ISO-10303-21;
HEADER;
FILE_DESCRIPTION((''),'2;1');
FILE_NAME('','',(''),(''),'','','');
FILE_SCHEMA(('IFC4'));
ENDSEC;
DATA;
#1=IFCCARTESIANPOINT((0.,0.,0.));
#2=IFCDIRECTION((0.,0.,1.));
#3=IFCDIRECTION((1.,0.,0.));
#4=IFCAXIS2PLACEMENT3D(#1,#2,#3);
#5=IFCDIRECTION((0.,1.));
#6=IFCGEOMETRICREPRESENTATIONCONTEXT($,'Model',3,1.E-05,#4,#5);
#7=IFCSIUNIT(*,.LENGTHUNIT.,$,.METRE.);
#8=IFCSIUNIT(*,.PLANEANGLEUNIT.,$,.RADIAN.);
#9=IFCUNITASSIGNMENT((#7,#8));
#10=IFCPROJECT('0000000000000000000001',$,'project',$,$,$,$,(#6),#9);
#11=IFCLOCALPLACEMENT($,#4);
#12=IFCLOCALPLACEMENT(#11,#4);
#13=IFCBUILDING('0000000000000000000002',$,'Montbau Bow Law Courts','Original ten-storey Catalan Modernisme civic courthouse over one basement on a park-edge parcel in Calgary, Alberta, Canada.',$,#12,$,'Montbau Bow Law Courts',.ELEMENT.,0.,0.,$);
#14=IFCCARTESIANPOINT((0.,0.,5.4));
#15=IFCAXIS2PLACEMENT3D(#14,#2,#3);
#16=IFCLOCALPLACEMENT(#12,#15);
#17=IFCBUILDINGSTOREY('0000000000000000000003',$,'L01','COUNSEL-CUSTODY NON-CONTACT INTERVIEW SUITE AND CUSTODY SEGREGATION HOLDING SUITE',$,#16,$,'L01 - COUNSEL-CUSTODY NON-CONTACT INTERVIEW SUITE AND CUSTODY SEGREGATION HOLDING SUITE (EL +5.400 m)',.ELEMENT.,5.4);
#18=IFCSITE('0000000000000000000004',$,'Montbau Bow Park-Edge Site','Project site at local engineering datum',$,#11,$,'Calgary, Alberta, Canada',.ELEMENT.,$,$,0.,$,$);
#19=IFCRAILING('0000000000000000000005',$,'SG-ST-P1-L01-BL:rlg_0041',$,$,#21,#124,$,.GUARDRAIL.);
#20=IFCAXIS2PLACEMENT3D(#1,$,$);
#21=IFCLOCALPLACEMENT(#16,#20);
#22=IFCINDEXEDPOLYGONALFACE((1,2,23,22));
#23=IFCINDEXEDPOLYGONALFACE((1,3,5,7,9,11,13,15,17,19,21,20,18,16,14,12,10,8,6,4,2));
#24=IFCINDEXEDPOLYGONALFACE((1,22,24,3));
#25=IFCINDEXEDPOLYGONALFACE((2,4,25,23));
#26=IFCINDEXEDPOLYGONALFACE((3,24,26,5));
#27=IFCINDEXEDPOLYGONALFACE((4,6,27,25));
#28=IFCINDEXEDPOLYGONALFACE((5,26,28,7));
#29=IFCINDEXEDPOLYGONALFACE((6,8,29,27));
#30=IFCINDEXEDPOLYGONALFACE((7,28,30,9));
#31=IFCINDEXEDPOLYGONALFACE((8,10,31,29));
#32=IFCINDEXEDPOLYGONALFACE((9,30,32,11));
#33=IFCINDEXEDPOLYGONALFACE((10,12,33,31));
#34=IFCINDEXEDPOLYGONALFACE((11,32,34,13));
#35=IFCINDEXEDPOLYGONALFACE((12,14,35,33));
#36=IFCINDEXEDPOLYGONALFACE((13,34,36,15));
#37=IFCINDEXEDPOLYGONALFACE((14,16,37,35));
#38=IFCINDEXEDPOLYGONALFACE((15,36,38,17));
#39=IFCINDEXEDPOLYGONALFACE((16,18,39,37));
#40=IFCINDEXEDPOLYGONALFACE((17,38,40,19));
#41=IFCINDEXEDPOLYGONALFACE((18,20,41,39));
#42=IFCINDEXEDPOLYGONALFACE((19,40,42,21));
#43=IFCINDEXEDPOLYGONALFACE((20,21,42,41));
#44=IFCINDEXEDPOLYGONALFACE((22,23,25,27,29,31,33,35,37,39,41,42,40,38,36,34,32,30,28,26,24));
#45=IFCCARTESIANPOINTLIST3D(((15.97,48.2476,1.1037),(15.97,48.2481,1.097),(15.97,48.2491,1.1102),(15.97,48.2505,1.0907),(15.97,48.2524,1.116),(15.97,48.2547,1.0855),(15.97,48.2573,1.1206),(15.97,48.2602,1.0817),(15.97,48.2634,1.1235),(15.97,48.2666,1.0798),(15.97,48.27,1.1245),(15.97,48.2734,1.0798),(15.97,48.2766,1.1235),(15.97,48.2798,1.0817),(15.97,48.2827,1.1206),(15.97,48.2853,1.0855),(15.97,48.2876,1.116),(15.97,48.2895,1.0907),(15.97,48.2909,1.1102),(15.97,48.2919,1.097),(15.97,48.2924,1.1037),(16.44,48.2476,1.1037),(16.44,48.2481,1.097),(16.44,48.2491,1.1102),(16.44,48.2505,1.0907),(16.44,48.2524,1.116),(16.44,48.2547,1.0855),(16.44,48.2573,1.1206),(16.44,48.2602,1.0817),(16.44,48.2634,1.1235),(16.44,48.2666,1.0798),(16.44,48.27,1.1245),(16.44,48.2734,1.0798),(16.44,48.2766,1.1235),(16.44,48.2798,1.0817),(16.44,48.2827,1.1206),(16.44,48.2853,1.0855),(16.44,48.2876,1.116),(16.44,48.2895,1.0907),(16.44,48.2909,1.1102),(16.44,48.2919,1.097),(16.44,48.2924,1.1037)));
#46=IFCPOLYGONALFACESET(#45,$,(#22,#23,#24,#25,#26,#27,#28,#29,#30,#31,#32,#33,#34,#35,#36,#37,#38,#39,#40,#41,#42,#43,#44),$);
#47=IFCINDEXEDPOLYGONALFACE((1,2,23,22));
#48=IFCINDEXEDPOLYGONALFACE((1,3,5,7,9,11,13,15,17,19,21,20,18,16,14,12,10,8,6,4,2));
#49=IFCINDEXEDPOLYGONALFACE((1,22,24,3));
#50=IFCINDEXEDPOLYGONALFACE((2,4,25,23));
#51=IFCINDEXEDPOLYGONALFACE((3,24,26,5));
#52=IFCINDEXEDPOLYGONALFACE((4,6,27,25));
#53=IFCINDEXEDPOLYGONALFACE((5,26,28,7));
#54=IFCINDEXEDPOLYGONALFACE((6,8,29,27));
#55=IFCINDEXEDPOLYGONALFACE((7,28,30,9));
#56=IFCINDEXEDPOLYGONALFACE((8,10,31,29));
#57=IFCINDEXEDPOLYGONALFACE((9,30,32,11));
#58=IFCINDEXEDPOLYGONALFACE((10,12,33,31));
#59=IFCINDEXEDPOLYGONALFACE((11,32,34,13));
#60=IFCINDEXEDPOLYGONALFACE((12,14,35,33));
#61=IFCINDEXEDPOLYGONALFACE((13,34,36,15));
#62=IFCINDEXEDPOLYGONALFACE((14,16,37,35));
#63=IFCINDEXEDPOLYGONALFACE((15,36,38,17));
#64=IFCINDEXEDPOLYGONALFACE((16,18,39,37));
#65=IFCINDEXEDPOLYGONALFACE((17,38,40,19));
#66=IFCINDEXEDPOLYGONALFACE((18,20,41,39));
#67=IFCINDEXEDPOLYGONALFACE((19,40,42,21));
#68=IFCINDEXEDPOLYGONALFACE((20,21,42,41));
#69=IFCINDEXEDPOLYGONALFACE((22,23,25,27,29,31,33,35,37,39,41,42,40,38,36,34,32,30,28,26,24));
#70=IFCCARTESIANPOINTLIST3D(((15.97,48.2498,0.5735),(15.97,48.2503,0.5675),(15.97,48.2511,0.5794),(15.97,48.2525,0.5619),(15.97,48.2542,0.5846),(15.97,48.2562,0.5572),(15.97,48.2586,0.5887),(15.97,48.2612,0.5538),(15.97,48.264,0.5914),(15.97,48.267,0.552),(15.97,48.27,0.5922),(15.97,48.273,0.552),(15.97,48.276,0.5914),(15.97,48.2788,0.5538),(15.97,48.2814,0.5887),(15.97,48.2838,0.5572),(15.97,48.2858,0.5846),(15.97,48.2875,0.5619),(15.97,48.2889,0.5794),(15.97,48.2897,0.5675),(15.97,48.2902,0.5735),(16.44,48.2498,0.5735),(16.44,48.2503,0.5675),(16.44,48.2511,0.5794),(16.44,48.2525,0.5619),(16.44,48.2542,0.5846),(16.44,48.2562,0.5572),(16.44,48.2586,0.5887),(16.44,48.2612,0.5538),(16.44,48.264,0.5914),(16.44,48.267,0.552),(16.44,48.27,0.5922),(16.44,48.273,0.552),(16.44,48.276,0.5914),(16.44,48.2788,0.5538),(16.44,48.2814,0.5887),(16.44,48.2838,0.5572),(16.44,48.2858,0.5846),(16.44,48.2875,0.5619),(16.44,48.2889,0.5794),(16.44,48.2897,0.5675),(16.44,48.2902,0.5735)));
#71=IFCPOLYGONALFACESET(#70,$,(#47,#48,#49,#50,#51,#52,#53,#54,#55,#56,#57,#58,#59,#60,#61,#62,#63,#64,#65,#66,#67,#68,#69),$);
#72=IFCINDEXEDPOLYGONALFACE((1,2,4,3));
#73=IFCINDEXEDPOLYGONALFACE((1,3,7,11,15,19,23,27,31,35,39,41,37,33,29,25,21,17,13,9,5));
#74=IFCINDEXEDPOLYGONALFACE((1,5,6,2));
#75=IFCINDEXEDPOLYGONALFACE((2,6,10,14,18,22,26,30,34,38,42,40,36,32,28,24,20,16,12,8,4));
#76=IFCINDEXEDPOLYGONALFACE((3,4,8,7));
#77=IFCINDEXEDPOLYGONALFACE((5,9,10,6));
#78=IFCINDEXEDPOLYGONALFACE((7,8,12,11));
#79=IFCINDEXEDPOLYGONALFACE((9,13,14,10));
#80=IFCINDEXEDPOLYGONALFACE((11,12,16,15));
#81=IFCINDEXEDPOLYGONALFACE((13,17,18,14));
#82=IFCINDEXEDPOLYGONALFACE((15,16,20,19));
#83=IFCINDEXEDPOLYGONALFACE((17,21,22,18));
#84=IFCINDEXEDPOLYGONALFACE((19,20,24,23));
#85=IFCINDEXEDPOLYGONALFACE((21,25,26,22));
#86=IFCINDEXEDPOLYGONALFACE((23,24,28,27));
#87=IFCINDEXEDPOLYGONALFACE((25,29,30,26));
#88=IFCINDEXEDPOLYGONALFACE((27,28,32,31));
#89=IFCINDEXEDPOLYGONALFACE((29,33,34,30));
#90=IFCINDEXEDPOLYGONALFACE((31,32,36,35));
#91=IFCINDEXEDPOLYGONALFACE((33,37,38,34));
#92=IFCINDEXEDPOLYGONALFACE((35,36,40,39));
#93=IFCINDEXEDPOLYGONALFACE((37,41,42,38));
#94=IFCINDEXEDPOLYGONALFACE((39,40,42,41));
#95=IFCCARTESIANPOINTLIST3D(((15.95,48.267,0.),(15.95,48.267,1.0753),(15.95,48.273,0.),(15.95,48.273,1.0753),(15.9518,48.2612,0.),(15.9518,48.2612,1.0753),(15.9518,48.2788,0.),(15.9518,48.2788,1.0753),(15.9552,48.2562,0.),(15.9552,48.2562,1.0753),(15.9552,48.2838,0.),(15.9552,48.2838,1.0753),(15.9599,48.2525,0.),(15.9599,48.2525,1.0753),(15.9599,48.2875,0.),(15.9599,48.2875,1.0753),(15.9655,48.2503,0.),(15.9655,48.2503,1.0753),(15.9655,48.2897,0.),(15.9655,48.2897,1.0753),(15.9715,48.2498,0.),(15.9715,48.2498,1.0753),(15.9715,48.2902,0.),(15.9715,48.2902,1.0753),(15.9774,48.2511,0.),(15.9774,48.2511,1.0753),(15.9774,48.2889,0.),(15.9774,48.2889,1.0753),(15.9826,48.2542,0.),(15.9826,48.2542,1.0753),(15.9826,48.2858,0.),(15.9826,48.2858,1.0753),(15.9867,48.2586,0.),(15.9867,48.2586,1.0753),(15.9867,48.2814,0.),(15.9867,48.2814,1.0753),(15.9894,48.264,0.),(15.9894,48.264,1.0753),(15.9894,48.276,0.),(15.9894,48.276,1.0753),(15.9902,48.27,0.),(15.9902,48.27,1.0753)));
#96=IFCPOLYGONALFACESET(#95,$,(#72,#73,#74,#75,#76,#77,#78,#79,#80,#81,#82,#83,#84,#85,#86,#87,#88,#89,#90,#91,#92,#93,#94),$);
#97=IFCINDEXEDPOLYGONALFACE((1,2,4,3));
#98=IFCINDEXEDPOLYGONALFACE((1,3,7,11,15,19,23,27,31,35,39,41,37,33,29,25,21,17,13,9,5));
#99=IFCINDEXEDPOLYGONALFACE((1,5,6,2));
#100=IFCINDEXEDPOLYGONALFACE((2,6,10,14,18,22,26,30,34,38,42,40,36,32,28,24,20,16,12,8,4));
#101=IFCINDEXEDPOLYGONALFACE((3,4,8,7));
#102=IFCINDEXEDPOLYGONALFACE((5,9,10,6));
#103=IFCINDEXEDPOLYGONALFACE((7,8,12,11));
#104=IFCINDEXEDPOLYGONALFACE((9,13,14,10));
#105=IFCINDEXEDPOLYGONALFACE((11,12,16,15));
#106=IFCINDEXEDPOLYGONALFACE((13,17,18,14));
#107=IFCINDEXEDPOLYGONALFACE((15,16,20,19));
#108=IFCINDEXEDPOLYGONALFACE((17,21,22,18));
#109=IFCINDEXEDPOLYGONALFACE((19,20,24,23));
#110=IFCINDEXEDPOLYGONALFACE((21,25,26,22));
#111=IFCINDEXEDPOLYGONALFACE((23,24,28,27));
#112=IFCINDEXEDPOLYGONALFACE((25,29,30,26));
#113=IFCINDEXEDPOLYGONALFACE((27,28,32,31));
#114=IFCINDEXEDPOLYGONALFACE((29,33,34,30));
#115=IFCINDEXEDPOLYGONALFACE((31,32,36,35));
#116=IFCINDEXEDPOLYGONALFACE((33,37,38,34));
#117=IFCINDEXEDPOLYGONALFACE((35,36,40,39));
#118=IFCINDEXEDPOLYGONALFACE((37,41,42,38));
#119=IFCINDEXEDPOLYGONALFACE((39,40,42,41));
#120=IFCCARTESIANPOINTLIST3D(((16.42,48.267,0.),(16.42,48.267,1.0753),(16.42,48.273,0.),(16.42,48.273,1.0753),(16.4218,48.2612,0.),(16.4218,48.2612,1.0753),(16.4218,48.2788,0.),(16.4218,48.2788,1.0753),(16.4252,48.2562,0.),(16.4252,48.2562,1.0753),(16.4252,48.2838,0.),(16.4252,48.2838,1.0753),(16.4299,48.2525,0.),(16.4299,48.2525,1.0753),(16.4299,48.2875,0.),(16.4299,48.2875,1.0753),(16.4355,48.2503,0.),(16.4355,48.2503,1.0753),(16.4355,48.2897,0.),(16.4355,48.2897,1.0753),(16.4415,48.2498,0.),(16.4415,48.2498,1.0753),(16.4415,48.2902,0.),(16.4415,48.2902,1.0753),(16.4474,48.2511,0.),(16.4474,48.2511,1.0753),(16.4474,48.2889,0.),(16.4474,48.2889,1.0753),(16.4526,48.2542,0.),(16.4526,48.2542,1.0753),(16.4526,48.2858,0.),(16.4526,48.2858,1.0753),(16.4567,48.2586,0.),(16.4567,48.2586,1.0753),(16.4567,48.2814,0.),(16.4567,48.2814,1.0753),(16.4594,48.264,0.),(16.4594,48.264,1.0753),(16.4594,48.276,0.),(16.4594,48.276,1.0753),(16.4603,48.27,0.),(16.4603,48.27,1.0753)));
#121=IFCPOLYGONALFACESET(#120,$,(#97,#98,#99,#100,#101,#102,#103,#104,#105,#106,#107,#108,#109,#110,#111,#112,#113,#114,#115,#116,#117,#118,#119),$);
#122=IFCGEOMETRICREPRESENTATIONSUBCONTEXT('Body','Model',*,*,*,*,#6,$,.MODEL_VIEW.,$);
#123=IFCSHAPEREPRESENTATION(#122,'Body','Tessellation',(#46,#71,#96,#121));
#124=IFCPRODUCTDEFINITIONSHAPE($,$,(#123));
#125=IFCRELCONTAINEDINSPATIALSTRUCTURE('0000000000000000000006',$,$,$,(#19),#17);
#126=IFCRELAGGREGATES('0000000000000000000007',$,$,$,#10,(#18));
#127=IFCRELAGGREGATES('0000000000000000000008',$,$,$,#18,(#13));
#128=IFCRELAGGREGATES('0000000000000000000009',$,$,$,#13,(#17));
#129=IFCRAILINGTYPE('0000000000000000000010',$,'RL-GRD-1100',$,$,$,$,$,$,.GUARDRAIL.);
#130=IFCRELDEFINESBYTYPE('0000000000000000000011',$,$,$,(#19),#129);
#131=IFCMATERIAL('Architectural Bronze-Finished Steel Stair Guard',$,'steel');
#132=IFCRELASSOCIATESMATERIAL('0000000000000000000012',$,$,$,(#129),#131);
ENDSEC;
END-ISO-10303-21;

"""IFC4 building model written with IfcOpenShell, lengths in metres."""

from ifc_helpers import new_model, si_unit, direction, frame, origin_with_axes, origin_2d_with_axis, place, context, subcontext, project, spatial, circle, extrude, material, type_object, element, save


model = new_model("IFC4")

# Units and contexts
model_context = context("Model", 3, precision=1e-05, world=origin_with_axes(), true_north=direction((0.0, 1.0)))
body_context = subcontext(model_context, "Body", "Model", "MODEL_VIEW")
ifc_project = project(units=[si_unit("LENGTHUNIT", "METRE"), si_unit("PLANEANGLEUNIT", "RADIAN")], contexts=[model_context])

# Site, building, storey
site_placement = place(None, origin_with_axes())
site = spatial("IfcSite", under=ifc_project, at=site_placement, Name="Montbau Bow Park-Edge Site", Description="Project site at local engineering datum", LongName="Calgary, Alberta, Canada", CompositionType="ELEMENT", RefElevation=0.0)
building_placement = place(site_placement, origin_with_axes())
building = spatial("IfcBuilding", under=site, at=building_placement, Name="Montbau Bow Law Courts", Description="Original ten-storey Catalan Modernisme civic courthouse over one basement on a park-edge parcel in Calgary, Alberta, Canada.", LongName="Montbau Bow Law Courts", CompositionType="ELEMENT", ElevationOfRefHeight=0.0, ElevationOfTerrain=0.0)
storey_placement = place(building_placement, frame((0.0, 0.0, 5.4), z_axis=(0.0, 0.0, 1.0), x_axis=(1.0, 0.0, 0.0)))
storey = spatial("IfcBuildingStorey", under=building, at=storey_placement, Name="L01", Description="COUNSEL-CUSTODY NON-CONTACT INTERVIEW SUITE AND CUSTODY SEGREGATION HOLDING SUITE", LongName="L01 - COUNSEL-CUSTODY NON-CONTACT INTERVIEW SUITE AND CUSTODY SEGREGATION HOLDING SUITE (EL +5.400 m)", CompositionType="ELEMENT", Elevation=5.4)

# Railing
ifc_material_1 = material(Name="Architectural Bronze-Finished Steel Stair Guard", Category="steel")
railing_type_1 = type_object("IfcRailingType", Name="RL-GRD-1100", PredefinedType="GUARDRAIL", material=ifc_material_1)
railing_1_placement = place(None, origin_with_axes())
element("IfcRailing", 1, at=railing_1_placement, inside=storey, type_object=railing_type_1, Name="SG-ST-P1-L01-BL:rlg_0041", PredefinedType="GUARDRAIL", context=body_context, shape_type="SweptSolid", body=[
    extrude(circle(Radius=0.0225, at=origin_2d_with_axis()), frame((15.97, 48.27, 6.502), z_axis=(1.0, 0.0, 0.0), x_axis=(0.0, 0.0, 1.0)), (0.0, 0.0, 1.0), 0.47),
    extrude(circle(Radius=0.0203, at=origin_2d_with_axis()), frame((15.97, 48.27, 5.972), z_axis=(1.0, 0.0, 0.0), x_axis=(0.0, 0.0, 1.0)), (0.0, 0.0, 1.0), 0.47),
    extrude(circle(Radius=0.0203, at=origin_2d_with_axis()), frame((15.97, 48.27, 5.4), z_axis=(0.0, 0.0, 1.0), x_axis=(1.0, 0.0, 0.0)), (0.0, 0.0, 1.0), 1.0753),
    extrude(circle(Radius=0.0203, at=origin_2d_with_axis()), frame((16.44, 48.27, 5.4), z_axis=(0.0, 0.0, 1.0), x_axis=(1.0, 0.0, 0.0)), (0.0, 0.0, 1.0), 1.0753),
])

save(model, "model.ifc")
